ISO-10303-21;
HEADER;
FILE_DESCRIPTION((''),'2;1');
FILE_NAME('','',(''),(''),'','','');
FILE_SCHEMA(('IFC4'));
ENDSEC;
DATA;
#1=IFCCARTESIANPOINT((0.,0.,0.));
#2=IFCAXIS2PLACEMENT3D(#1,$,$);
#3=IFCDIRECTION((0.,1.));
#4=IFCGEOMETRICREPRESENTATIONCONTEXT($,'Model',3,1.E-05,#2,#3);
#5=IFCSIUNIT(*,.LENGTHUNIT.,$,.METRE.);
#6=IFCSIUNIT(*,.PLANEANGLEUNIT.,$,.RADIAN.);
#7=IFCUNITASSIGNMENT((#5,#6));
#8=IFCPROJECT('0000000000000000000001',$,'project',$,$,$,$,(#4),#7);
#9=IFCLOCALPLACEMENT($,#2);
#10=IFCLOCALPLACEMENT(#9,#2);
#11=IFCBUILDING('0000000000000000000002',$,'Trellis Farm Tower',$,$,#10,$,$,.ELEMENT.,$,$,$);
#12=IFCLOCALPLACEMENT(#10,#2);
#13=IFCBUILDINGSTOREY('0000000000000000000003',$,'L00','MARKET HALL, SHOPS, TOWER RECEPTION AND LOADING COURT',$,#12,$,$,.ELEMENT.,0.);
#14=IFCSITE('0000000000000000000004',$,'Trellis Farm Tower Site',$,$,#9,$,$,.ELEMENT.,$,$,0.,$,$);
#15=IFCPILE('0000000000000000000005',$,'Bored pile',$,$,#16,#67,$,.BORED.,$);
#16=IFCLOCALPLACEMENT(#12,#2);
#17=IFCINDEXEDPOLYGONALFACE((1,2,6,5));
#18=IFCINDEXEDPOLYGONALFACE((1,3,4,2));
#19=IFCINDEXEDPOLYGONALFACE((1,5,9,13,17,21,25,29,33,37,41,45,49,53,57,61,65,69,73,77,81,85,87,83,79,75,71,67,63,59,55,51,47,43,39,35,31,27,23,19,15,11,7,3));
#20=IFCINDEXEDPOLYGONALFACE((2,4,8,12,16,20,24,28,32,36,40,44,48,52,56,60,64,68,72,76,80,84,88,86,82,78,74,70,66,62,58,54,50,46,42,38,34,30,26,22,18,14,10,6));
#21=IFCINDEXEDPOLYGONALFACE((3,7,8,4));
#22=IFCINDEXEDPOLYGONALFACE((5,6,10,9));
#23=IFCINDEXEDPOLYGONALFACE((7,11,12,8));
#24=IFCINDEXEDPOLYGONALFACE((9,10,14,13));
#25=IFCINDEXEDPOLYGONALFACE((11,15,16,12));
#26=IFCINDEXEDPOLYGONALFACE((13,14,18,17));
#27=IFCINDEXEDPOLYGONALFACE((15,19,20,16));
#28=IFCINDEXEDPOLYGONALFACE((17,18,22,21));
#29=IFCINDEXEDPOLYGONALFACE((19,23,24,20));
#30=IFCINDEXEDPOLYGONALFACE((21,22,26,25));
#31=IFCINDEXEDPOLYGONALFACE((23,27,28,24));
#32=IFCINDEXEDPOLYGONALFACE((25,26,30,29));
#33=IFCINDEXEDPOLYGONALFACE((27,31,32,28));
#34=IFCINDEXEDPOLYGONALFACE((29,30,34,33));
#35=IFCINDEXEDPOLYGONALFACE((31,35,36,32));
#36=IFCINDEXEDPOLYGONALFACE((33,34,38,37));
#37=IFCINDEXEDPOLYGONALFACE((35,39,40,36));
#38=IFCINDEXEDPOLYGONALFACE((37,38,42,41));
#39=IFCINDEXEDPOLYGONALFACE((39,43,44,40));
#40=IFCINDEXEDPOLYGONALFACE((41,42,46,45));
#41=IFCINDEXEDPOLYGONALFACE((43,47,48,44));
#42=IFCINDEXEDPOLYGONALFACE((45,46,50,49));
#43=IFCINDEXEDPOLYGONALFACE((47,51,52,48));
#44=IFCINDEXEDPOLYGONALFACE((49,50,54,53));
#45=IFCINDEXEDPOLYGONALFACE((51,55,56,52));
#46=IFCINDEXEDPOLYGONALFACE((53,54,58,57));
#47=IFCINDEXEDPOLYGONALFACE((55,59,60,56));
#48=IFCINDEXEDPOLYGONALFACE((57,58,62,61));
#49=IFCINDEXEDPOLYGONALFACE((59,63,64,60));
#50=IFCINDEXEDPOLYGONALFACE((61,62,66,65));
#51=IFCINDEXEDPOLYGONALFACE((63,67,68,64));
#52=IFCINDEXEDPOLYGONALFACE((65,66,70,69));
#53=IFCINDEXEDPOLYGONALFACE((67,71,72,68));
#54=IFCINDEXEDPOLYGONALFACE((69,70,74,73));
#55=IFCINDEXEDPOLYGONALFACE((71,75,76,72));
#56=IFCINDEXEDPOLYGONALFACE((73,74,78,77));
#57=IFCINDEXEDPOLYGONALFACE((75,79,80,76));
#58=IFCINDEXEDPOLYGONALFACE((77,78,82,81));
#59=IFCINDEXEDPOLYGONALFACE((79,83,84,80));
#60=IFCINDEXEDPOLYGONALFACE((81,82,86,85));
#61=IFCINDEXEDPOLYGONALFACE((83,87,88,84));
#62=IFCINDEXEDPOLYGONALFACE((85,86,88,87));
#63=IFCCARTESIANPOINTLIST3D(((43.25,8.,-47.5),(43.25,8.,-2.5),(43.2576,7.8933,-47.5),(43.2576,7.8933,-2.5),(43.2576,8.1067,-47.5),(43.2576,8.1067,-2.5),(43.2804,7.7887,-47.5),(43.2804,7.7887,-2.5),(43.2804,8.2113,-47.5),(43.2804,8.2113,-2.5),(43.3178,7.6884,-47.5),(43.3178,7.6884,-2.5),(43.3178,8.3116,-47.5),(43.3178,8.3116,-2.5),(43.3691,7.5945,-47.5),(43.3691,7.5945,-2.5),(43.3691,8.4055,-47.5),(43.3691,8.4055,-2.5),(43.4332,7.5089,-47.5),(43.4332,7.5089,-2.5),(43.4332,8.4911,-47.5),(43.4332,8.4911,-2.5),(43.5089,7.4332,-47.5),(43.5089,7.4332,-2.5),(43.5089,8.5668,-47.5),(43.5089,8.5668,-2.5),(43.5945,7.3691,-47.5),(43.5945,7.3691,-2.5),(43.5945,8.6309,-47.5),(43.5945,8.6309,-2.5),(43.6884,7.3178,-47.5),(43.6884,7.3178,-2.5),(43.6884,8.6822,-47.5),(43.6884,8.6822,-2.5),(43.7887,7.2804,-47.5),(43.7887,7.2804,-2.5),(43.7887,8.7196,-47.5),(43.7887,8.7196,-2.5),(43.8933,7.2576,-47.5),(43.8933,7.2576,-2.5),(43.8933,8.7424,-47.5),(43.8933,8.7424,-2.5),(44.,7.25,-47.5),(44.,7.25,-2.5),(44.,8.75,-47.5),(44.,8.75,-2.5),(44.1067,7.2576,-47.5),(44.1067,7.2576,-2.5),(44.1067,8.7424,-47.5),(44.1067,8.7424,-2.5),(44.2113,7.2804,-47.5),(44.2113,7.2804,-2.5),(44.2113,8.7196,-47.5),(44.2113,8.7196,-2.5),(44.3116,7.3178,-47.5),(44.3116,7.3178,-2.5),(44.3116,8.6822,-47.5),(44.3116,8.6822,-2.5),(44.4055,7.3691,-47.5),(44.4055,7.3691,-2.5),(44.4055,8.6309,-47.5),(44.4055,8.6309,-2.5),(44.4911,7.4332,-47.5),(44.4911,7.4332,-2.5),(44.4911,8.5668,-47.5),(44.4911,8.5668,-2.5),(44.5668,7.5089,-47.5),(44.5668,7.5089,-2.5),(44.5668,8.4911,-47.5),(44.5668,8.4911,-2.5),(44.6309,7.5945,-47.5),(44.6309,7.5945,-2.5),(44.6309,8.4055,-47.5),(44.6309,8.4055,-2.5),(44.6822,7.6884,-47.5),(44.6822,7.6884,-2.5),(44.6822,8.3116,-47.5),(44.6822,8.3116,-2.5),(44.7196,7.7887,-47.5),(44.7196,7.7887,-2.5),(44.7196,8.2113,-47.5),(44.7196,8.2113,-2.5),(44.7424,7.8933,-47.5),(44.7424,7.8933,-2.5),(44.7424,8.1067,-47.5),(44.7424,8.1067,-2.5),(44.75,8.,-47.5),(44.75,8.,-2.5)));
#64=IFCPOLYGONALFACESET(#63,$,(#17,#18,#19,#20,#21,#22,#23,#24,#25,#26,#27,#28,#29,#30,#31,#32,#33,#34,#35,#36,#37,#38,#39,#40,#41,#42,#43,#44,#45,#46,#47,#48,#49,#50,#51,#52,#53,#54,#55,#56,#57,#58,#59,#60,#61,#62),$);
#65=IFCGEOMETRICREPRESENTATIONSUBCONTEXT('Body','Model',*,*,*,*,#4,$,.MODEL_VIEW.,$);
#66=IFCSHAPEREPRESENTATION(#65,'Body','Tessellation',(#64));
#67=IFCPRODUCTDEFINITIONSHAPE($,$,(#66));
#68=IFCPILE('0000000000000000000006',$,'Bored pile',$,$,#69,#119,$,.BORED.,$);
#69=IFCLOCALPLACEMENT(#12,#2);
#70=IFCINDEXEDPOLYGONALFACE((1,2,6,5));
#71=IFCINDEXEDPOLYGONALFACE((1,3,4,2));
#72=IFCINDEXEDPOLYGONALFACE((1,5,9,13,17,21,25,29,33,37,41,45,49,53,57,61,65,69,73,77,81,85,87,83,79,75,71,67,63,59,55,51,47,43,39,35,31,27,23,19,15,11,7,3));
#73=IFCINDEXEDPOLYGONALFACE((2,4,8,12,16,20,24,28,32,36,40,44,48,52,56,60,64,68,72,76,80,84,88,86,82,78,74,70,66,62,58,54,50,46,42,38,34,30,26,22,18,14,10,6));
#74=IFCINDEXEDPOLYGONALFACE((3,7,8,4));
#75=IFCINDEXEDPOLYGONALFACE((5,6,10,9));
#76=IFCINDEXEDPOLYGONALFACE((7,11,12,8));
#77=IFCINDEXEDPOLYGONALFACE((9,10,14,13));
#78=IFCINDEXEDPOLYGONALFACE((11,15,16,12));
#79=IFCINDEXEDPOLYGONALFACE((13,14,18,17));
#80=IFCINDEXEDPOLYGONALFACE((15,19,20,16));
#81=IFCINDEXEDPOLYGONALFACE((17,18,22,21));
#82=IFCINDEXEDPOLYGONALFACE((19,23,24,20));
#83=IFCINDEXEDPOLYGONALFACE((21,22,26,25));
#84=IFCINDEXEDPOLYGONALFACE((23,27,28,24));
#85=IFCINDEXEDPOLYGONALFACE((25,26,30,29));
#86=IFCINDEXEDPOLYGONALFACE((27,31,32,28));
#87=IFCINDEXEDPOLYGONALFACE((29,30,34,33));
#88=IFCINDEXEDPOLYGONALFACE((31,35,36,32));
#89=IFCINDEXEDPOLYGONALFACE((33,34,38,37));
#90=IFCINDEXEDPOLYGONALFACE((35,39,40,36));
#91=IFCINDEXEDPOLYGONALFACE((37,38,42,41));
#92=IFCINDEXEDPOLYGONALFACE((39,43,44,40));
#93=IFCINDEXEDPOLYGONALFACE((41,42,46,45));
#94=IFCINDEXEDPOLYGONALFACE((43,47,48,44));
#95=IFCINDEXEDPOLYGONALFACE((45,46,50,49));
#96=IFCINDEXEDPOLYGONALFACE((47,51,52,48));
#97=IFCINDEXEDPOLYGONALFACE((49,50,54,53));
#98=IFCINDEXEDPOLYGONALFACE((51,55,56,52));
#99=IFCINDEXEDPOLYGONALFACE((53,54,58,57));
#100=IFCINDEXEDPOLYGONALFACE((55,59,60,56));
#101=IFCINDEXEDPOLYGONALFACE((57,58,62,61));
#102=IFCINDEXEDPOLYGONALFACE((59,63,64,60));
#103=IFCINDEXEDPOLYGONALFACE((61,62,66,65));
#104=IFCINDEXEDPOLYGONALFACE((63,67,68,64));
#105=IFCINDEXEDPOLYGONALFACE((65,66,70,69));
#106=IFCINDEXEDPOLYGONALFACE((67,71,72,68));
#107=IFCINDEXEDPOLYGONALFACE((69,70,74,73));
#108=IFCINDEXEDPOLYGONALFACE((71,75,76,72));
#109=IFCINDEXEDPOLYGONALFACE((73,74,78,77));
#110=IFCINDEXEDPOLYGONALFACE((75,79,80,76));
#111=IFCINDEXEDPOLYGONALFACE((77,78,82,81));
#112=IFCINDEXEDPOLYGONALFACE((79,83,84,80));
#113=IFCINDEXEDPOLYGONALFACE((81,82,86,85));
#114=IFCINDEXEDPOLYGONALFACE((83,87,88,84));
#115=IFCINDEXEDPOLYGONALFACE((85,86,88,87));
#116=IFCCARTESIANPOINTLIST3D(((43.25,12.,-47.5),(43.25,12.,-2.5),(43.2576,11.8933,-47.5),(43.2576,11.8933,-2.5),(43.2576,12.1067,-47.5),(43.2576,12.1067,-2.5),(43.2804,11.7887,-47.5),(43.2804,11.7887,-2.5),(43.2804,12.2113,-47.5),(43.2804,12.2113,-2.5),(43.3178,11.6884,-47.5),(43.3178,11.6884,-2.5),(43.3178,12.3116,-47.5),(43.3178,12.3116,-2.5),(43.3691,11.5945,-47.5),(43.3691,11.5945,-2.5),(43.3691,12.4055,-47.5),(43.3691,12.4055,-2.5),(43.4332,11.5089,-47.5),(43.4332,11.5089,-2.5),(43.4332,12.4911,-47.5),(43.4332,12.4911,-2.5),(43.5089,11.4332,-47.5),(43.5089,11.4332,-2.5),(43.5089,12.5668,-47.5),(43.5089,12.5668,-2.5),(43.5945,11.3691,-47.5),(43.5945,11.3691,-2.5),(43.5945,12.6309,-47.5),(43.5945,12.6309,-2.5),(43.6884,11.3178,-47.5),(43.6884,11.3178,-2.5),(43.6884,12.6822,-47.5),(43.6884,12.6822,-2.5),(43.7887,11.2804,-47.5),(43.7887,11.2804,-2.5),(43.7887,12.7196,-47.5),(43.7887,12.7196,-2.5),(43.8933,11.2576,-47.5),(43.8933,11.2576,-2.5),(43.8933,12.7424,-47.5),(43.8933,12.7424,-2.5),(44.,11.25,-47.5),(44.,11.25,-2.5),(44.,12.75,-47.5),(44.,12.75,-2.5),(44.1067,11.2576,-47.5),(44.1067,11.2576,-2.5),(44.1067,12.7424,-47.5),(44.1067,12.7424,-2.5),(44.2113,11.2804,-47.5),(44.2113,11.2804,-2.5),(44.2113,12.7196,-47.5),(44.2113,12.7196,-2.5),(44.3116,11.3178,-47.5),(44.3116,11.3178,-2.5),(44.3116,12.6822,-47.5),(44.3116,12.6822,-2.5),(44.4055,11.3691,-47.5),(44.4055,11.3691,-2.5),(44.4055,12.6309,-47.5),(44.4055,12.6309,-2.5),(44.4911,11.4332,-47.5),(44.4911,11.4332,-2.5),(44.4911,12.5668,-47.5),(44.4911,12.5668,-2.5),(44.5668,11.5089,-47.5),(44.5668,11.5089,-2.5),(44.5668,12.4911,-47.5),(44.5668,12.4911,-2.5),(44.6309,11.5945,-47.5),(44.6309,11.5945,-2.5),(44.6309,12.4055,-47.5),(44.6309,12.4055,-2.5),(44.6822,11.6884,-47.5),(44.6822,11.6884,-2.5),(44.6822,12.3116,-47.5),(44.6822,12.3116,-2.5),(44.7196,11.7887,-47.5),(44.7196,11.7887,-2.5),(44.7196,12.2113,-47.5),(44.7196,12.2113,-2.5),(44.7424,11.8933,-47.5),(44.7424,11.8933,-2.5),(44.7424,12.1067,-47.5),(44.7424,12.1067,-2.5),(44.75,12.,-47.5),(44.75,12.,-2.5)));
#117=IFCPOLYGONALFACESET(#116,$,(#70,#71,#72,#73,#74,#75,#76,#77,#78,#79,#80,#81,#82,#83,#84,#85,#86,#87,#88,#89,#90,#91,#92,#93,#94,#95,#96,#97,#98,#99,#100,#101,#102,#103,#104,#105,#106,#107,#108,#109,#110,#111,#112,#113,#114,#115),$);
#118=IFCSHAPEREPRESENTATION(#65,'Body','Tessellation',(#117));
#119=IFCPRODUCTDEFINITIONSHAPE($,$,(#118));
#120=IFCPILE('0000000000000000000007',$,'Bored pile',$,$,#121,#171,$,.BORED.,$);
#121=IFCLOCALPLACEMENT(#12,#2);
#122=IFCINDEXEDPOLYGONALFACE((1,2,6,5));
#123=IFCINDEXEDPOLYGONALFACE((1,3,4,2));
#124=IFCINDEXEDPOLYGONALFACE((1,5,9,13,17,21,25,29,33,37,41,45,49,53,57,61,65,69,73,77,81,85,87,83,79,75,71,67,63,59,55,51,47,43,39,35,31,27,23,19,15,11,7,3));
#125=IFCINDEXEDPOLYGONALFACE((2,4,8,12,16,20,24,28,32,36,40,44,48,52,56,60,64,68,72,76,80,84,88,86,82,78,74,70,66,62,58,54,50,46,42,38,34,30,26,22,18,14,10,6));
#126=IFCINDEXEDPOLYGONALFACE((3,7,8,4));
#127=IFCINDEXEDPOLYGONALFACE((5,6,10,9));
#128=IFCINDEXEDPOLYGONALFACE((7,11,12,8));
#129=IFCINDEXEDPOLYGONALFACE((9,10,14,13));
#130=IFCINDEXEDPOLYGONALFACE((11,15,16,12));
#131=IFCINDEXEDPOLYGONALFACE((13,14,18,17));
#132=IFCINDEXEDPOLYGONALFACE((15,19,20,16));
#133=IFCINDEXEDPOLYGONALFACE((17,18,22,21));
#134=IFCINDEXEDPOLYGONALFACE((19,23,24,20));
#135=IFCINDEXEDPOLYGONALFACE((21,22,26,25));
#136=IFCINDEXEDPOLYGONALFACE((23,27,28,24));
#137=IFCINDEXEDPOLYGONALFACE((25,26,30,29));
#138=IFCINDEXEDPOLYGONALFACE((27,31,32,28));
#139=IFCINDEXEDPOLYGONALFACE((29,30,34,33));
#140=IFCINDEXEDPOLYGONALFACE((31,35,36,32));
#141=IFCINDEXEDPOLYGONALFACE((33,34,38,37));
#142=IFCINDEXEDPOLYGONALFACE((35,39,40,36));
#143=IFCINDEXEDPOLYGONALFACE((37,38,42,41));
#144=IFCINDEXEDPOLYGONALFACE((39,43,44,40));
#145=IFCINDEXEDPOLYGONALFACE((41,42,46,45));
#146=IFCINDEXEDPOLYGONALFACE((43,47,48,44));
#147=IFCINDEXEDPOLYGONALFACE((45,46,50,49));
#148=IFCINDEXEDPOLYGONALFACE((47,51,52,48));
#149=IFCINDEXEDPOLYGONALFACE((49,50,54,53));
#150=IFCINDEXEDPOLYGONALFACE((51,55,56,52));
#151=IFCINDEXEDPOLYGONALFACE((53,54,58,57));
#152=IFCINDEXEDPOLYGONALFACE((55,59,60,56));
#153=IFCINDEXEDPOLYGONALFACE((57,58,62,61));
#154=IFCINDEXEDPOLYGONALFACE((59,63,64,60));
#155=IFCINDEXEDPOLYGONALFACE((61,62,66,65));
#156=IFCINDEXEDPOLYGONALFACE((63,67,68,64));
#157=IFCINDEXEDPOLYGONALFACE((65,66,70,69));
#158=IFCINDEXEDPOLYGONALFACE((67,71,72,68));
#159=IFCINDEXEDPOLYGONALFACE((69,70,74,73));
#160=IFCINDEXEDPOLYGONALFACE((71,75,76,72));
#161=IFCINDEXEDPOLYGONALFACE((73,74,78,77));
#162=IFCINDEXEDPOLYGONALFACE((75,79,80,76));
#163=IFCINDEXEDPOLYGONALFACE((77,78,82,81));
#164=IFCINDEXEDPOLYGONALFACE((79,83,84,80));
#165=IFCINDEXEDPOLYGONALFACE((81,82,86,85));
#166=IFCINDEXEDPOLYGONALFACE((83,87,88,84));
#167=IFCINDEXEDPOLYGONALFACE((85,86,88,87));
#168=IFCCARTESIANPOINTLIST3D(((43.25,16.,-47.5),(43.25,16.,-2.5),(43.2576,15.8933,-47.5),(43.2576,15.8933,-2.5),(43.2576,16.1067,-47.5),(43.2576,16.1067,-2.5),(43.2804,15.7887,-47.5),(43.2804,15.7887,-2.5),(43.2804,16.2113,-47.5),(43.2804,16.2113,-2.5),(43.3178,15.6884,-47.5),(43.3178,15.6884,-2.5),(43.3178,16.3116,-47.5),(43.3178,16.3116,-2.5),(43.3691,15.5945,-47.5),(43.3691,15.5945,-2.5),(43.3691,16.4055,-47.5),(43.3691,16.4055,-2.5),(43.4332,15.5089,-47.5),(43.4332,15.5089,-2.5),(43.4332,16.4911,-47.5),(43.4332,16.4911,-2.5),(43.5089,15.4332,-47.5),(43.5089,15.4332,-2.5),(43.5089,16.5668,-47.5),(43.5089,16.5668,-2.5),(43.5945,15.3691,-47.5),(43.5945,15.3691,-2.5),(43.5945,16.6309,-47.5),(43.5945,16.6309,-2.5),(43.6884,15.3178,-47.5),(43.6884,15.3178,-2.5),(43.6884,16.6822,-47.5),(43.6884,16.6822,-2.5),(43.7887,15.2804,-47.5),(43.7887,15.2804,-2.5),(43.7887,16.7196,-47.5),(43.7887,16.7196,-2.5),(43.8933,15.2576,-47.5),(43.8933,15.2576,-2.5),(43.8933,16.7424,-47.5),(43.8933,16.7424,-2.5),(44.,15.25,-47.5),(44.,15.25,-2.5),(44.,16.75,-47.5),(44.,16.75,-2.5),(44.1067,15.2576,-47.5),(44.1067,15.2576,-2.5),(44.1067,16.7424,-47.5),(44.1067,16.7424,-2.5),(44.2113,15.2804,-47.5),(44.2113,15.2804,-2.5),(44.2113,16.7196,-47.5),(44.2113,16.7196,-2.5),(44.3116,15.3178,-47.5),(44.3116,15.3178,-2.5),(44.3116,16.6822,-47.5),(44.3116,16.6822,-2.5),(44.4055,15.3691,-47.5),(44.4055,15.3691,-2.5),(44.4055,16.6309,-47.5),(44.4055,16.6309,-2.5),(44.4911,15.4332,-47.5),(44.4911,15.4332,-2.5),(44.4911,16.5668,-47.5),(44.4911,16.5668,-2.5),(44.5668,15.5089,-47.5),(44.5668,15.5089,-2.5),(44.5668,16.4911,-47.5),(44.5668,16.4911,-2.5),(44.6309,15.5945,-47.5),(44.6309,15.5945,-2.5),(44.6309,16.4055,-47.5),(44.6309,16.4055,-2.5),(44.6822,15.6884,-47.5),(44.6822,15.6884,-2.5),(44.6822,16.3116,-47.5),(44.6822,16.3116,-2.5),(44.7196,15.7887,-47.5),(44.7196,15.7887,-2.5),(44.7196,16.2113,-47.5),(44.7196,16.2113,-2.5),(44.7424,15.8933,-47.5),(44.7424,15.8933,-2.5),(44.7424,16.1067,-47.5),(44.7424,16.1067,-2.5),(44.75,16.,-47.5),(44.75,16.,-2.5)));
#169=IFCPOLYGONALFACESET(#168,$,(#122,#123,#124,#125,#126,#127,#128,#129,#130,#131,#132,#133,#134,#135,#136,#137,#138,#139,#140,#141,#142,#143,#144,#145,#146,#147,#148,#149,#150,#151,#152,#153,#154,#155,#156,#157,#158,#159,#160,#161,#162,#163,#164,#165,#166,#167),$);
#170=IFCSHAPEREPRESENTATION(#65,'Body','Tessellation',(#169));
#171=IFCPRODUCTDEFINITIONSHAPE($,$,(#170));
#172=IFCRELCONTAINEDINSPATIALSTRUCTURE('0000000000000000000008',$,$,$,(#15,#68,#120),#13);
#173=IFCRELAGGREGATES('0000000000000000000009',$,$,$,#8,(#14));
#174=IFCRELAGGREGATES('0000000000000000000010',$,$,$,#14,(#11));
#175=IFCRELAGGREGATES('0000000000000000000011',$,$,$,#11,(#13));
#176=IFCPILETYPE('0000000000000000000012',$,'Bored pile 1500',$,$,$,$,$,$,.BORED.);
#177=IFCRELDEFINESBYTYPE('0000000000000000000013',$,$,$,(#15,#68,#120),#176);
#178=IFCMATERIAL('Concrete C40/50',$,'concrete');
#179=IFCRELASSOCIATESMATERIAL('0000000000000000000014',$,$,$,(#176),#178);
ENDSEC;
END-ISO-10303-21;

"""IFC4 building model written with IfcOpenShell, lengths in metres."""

from ifc_helpers import new_model, si_unit, direction, frame, origin, origin_2d, place, context, subcontext, project, spatial, circle, extrude, source, transform, mapped, material, material_profile, profile_set, type_object, element, save


model = new_model("IFC4")

# Units and contexts
model_context = context("Model", 3, precision=1e-05, world=origin(), true_north=direction((0.0, 1.0)))
body_context = subcontext(model_context, "Body", "Model", "MODEL_VIEW")
ifc_project = project(units=[si_unit("LENGTHUNIT", "METRE"), si_unit("PLANEANGLEUNIT", "RADIAN")], contexts=[model_context])

# Site, building, storey
site_placement = place(None, origin())
site = spatial("IfcSite", under=ifc_project, at=site_placement, Name="Trellis Farm Tower Site", CompositionType="ELEMENT", RefElevation=0.0)
building_placement = place(site_placement, origin())
building = spatial("IfcBuilding", under=site, at=building_placement, Name="Trellis Farm Tower", CompositionType="ELEMENT")
storey_placement = place(building_placement, origin())
storey = spatial("IfcBuildingStorey", under=building, at=storey_placement, Name="L00", Description="MARKET HALL, SHOPS, TOWER RECEPTION AND LOADING COURT", CompositionType="ELEMENT", Elevation=0.0)

# Piles
ifc_material_1 = material(Name="Concrete C40/50", Category="concrete")
ifc_material_profile_1 = material_profile(ifc_material_1, circle(Radius=0.75, at=origin_2d()), Name="Bored pile 1500")
ifc_profile_set_1 = profile_set([ifc_material_profile_1], Name="Concrete C40/50")
pile_type = type_object("IfcPileType", Name="Bored pile 1500", PredefinedType="BORED", material=ifc_profile_set_1)
shared_shape_1 = source(origin(), body_context, "Body", "SweptSolid", [
    extrude(circle(Radius=0.75, at=origin_2d()), origin(), (0.0, 0.0, 1.0), 45.0),
])
for number, where, z_axis, x_axis, name in (
    (1, (44.0, 8.0, -2.5), (0.0, 0.0, -1.0), (1.0, 0.0, 0.0), "Bored pile"),
    (2, (44.0, 12.0, -2.5), (0.0, 0.0, -1.0), (1.0, 0.0, 0.0), "Bored pile"),
    (3, (44.0, 16.0, -2.5), (0.0, 0.0, -1.0), (1.0, 0.0, 0.0), "Bored pile"),
):
    element("IfcPile", number, at=place(storey_placement, frame(where, z_axis=z_axis, x_axis=x_axis)), inside=storey, type_object=pile_type, Name=name, PredefinedType="BORED", context=body_context, shape_type="MappedRepresentation", body=[
        mapped(shared_shape_1, transform((0.0, 0.0, 0.0))),
    ])

save(model, "model.ifc")
